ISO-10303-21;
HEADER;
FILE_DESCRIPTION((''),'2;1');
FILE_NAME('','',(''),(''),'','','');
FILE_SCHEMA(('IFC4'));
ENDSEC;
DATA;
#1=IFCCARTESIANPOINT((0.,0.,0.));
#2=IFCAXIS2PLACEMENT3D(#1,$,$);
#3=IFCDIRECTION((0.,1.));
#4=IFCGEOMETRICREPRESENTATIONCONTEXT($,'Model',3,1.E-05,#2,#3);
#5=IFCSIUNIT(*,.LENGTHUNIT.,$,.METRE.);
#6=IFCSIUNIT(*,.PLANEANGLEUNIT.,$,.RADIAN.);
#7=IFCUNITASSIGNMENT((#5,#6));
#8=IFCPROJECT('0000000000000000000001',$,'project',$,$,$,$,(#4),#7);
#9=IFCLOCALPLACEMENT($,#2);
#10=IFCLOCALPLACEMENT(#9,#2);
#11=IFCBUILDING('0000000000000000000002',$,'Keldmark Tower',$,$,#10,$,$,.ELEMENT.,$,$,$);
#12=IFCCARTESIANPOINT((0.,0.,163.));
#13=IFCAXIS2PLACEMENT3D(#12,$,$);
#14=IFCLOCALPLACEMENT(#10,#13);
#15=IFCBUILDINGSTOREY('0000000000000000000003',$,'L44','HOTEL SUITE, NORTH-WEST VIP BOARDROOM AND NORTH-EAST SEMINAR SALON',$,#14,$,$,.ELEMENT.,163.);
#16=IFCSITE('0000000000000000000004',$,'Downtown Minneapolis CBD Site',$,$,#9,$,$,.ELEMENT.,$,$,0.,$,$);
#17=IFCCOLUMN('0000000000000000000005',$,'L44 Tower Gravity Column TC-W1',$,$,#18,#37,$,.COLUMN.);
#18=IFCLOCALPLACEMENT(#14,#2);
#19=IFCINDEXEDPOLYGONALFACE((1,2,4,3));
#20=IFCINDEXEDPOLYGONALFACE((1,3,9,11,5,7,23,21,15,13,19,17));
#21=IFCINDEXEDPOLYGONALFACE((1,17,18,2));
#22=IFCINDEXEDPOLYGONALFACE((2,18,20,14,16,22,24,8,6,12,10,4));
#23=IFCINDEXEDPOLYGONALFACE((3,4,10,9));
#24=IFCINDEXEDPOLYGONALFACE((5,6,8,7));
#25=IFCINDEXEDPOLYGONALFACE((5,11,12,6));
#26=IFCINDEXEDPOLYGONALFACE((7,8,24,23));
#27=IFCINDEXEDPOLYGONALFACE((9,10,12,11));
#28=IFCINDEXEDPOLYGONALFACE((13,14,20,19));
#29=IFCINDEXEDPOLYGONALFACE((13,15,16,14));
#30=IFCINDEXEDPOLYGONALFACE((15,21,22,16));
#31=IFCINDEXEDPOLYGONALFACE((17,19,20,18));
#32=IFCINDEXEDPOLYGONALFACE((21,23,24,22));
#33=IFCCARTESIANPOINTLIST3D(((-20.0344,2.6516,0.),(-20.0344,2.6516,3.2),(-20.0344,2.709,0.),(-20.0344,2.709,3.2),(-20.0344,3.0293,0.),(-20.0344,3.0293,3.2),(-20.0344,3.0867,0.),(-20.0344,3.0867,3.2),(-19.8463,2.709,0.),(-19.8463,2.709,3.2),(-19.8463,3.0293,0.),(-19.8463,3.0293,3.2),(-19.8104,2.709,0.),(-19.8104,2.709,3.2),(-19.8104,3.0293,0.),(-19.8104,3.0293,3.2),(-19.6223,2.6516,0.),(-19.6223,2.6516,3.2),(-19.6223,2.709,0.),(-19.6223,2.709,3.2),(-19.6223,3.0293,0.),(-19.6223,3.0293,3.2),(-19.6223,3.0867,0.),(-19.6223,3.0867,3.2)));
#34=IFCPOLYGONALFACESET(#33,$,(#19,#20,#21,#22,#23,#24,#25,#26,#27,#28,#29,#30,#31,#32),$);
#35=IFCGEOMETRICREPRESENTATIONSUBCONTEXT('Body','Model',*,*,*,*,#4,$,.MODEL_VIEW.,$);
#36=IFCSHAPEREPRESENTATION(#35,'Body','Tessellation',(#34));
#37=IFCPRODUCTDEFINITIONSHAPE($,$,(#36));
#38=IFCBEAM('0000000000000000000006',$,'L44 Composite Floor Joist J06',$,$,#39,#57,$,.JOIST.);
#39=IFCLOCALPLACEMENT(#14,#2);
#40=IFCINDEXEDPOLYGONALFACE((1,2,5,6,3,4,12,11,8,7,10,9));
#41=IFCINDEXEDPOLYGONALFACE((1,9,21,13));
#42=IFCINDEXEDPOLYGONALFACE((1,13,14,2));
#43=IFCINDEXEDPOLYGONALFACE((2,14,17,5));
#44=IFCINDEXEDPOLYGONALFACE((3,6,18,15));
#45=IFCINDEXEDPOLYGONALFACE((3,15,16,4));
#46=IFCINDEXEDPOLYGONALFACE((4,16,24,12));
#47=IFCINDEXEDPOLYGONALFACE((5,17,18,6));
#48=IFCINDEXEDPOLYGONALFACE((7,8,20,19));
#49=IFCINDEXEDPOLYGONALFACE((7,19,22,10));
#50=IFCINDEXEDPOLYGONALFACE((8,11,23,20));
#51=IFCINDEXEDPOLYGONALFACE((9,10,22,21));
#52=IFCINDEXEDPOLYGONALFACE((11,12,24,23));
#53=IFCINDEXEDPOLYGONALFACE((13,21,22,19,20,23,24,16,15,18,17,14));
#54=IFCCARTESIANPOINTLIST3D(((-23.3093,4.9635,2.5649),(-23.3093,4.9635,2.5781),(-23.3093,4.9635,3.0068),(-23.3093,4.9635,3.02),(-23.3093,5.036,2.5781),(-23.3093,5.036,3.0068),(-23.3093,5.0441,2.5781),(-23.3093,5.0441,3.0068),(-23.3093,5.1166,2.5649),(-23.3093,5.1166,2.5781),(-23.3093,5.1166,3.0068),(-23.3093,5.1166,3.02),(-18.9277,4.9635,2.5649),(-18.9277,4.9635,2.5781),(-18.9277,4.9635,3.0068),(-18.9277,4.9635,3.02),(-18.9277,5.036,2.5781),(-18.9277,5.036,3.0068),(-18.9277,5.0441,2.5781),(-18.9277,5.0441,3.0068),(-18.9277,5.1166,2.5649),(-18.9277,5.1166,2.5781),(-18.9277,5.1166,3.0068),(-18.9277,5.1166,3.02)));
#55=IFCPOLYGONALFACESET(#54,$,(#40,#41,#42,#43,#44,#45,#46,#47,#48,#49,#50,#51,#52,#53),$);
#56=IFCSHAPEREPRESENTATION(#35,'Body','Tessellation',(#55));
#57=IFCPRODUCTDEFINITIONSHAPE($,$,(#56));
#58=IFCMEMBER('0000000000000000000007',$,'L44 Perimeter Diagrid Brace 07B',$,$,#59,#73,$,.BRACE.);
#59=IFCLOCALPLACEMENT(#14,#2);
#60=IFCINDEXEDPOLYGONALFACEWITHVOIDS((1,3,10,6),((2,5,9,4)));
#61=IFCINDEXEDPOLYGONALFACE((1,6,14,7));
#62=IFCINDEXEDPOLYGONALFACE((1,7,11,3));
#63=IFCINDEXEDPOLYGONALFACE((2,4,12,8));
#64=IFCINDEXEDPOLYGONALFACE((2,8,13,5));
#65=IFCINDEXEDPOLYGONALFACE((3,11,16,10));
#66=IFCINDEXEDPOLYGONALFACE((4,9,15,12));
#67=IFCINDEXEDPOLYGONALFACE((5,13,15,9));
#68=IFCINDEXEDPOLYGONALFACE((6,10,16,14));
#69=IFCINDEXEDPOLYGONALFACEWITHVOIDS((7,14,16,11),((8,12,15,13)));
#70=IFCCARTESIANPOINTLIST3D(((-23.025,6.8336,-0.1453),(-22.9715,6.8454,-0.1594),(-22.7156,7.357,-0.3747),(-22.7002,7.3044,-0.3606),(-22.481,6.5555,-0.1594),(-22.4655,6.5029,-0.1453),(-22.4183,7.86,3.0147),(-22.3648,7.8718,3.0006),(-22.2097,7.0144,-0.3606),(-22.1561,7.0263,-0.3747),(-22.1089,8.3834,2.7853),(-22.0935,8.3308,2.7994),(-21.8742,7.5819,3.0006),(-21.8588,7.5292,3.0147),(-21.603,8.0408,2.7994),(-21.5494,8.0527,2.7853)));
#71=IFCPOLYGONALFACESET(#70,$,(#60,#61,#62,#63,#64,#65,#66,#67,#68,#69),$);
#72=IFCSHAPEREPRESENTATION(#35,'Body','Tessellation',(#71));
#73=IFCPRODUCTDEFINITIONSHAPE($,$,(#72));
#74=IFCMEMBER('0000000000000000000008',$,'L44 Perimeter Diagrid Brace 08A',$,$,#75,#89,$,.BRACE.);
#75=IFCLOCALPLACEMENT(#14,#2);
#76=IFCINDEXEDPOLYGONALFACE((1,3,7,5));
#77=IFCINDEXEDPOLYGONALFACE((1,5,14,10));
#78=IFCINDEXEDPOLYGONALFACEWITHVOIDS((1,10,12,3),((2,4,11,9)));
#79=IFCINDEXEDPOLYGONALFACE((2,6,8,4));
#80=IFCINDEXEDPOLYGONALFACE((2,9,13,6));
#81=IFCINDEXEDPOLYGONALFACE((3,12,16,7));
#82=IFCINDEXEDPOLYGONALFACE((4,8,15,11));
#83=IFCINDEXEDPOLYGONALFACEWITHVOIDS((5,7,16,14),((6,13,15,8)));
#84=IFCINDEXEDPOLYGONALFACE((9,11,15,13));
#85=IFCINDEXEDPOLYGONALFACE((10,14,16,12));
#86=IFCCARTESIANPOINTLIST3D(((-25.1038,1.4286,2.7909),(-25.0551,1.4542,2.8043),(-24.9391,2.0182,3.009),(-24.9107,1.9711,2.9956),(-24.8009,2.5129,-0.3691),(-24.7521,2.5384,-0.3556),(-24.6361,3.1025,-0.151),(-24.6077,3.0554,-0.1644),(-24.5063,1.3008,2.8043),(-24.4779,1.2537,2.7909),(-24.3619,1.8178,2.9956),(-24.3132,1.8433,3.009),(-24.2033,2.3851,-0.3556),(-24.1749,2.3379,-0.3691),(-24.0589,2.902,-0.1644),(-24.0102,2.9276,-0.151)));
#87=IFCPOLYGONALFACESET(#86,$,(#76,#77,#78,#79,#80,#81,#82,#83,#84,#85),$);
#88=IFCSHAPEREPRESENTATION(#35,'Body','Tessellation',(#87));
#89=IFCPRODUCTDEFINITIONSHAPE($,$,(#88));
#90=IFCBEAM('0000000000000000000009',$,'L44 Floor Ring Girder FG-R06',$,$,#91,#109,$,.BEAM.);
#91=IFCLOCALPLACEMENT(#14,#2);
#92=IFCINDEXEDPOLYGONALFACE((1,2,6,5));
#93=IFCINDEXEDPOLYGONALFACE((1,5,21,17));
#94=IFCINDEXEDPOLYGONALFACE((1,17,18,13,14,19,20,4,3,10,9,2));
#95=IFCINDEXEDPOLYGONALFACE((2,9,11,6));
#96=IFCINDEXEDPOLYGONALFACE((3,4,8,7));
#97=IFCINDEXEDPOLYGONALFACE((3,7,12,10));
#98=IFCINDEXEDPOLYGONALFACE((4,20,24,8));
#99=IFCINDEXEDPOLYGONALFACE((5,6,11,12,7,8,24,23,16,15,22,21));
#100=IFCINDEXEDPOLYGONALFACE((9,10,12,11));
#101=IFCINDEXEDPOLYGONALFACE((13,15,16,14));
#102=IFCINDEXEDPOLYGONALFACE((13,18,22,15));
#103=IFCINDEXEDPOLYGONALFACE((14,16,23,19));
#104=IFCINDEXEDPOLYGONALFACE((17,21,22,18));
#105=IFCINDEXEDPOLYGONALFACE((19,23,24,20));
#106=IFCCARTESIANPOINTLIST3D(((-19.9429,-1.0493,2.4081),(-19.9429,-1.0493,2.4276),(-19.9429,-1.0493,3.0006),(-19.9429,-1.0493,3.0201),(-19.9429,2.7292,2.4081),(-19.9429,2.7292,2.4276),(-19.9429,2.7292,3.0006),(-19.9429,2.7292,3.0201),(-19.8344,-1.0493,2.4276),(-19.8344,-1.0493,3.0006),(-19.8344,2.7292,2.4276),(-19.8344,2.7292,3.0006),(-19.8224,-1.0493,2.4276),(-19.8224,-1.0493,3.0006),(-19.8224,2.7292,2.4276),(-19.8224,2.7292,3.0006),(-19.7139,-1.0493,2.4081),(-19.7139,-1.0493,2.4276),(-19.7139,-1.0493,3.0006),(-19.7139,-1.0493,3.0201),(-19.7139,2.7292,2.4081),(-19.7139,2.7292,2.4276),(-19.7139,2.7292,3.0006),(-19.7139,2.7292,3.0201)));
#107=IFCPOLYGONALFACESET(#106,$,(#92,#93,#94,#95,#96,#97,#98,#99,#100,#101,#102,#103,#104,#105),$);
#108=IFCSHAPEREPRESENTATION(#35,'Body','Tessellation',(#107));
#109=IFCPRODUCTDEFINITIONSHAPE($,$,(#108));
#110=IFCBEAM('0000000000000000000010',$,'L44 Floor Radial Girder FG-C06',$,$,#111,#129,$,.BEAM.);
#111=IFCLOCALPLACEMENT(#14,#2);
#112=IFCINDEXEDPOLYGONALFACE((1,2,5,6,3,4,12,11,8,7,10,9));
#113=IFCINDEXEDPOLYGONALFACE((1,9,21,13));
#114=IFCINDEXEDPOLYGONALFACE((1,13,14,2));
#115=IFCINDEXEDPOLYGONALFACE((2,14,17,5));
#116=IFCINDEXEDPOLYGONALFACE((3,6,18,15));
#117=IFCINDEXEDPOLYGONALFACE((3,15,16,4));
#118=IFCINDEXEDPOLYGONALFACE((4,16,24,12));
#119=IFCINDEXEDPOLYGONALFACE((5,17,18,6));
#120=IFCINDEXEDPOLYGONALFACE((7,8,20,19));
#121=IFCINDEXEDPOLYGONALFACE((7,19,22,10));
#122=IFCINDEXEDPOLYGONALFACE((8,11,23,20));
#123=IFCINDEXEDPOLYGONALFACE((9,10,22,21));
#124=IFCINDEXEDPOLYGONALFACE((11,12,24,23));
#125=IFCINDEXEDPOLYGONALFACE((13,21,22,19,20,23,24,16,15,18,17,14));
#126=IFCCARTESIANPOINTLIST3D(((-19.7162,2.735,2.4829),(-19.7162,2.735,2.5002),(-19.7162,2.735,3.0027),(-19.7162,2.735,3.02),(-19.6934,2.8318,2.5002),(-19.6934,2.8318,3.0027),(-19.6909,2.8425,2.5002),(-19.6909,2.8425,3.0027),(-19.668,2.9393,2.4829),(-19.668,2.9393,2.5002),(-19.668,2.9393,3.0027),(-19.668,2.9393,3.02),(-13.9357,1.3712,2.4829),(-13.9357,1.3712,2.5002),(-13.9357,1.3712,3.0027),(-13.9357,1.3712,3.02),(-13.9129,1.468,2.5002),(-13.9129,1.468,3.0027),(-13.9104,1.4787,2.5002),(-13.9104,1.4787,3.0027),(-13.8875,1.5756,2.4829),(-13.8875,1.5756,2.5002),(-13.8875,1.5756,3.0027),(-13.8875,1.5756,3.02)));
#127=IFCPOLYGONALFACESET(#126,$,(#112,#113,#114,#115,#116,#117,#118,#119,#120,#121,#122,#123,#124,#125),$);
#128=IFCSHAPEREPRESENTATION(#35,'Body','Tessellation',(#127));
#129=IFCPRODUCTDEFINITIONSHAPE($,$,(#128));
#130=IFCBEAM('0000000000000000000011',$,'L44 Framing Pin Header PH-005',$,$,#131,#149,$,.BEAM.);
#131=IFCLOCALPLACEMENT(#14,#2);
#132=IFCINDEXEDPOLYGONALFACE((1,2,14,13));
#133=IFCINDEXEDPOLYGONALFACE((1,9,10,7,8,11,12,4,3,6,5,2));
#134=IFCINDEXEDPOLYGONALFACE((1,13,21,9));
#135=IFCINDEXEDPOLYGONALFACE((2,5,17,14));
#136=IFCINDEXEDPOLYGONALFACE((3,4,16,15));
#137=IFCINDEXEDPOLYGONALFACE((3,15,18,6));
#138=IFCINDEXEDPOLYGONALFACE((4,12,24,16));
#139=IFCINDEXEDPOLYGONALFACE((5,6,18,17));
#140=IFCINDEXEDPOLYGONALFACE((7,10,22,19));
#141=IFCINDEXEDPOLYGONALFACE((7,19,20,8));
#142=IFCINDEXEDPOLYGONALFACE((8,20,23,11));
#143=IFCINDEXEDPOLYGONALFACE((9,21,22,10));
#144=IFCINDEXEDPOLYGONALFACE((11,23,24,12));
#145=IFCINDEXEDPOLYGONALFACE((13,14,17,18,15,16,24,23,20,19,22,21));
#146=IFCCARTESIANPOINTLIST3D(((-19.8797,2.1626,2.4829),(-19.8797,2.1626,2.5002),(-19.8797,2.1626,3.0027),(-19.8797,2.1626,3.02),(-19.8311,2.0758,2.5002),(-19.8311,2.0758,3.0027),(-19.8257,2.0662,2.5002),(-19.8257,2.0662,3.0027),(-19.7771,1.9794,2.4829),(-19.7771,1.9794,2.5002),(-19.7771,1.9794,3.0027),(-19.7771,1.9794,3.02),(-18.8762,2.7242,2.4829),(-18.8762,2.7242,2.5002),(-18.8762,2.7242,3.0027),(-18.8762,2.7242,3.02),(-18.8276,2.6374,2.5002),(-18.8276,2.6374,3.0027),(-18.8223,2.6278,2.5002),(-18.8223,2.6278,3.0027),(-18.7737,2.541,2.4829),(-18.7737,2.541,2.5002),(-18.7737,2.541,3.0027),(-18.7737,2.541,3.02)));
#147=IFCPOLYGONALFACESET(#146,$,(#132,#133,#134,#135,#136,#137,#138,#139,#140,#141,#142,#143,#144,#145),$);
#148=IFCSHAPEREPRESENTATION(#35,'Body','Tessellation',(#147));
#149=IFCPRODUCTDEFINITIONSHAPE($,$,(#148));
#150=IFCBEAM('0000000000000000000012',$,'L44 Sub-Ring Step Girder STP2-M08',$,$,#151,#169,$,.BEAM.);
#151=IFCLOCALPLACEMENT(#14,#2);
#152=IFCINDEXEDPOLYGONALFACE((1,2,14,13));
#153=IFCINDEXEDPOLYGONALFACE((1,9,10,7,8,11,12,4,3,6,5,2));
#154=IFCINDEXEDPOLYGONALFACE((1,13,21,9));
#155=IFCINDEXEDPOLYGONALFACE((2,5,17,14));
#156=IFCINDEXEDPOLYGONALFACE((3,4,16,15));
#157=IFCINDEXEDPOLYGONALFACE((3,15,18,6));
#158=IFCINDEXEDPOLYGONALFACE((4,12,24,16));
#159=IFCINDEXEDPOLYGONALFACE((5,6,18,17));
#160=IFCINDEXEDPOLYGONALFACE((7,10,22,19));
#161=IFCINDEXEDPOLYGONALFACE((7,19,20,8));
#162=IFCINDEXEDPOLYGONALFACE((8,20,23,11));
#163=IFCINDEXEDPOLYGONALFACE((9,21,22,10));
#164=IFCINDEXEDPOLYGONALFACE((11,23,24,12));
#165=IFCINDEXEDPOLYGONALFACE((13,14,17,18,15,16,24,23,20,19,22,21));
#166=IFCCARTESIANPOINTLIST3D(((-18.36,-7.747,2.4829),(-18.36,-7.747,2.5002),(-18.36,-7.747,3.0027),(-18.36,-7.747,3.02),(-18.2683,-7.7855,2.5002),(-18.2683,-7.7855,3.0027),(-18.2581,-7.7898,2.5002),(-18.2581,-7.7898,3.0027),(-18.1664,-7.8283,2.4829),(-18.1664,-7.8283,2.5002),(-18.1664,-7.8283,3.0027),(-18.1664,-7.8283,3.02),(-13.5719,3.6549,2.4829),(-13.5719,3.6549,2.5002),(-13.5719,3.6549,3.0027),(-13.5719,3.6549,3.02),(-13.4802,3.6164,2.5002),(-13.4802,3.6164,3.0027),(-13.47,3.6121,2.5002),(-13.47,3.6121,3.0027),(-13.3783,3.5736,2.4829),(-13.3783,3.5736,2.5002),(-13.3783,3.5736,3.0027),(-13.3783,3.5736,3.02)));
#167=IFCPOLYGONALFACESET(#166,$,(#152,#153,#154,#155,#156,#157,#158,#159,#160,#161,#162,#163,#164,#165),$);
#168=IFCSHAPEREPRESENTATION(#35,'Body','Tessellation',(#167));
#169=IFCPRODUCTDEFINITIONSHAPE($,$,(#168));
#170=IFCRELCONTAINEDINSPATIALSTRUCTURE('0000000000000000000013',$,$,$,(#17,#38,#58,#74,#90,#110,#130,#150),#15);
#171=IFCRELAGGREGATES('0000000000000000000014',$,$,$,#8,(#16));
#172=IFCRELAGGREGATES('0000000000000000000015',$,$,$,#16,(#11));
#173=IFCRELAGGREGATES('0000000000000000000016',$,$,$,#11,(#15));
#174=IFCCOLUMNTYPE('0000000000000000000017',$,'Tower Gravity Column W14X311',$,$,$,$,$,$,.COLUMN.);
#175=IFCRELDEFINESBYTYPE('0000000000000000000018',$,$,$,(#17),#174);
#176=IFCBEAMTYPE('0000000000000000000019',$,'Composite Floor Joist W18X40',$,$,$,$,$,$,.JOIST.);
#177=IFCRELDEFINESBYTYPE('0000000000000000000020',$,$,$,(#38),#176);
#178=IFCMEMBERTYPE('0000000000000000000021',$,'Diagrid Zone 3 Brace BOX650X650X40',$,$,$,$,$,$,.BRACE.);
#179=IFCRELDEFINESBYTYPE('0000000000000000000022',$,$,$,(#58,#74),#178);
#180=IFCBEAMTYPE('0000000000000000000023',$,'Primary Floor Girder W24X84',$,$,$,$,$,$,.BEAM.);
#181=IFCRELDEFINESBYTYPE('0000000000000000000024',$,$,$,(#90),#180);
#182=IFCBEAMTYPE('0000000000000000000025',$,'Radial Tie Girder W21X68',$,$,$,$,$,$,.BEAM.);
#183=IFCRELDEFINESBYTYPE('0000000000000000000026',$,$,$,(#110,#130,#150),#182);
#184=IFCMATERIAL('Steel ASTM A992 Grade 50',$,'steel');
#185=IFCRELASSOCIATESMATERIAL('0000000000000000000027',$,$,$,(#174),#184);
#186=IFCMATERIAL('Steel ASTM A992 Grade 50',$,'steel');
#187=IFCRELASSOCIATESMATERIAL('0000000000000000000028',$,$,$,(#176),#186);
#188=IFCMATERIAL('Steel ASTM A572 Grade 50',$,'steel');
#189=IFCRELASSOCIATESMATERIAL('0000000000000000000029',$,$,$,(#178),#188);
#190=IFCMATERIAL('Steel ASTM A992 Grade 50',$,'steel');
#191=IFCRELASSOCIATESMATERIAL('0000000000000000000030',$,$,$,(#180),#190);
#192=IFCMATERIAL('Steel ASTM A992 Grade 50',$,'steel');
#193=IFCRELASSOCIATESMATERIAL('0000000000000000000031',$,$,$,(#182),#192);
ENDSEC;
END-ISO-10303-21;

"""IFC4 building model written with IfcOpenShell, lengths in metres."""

from ifc_helpers import new_model, si_unit, direction, frame, origin, origin_2d, place, context, subcontext, project, spatial, hollow_rectangle, i_section, extrude, material, material_profile, profile_set, type_object, element, save


model = new_model("IFC4")

# Units and contexts
model_context = context("Model", 3, precision=1e-05, world=origin(), true_north=direction((0.0, 1.0)))
body_context = subcontext(model_context, "Body", "Model", "MODEL_VIEW")
ifc_project = project(units=[si_unit("LENGTHUNIT", "METRE"), si_unit("PLANEANGLEUNIT", "RADIAN")], contexts=[model_context])

# Site, building, storey
site_placement = place(None, origin())
site = spatial("IfcSite", under=ifc_project, at=site_placement, Name="Downtown Minneapolis CBD Site", CompositionType="ELEMENT", RefElevation=0.0)
building_placement = place(site_placement, origin())
building = spatial("IfcBuilding", under=site, at=building_placement, Name="Keldmark Tower", CompositionType="ELEMENT")
storey_placement = place(building_placement, frame((0.0, 0.0, 163.0)))
storey = spatial("IfcBuildingStorey", under=building, at=storey_placement, Name="L44", Description="HOTEL SUITE, NORTH-WEST VIP BOARDROOM AND NORTH-EAST SEMINAR SALON", CompositionType="ELEMENT", Elevation=163.0)

# Column
ifc_material_1 = material(Name="Steel ASTM A992 Grade 50", Category="steel")
ifc_material_profile_1 = material_profile(ifc_material_1, i_section(OverallWidth=0.4121, OverallDepth=0.4351, WebThickness=0.0359, FlangeThickness=0.0574, at=origin_2d()), Name="W14X311")
ifc_profile_set_1 = profile_set([ifc_material_profile_1], Name="Steel ASTM A992 Grade 50")
column_type = type_object("IfcColumnType", Name="Tower Gravity Column W14X311", PredefinedType="COLUMN", material=ifc_profile_set_1)
column_placement = place(storey_placement, frame((-19.8284, 2.8691, 0.0), z_axis=(0.0, 0.0, 1.0), x_axis=(1.0, 0.0, 0.0)))
element("IfcColumn", 1, at=column_placement, inside=storey, type_object=column_type, Name="L44 Tower Gravity Column TC-W1", PredefinedType="COLUMN", context=body_context, shape_type="SweptSolid", body=[
    extrude(i_section(OverallWidth=0.4121, OverallDepth=0.4351, WebThickness=0.0359, FlangeThickness=0.0574, at=origin_2d()), origin(), (0.0, 0.0, 1.0), 3.2),
])

# Beam
ifc_material_2 = material(Name="Steel ASTM A992 Grade 50", Category="steel")
ifc_material_profile_2 = material_profile(ifc_material_2, i_section(OverallWidth=0.1531, OverallDepth=0.4551, WebThickness=0.0081, FlangeThickness=0.0132, at=origin_2d()), Name="W18X40")
ifc_profile_set_2 = profile_set([ifc_material_profile_2], Name="Steel ASTM A992 Grade 50")
beam_type_1 = type_object("IfcBeamType", Name="Composite Floor Joist W18X40", PredefinedType="JOIST", material=ifc_profile_set_2)
beam_1_placement = place(storey_placement, frame((-23.3093, 5.04, 2.7925), z_axis=(1.0, 0.0, 0.0), x_axis=(0.0, 1.0, 0.0)))
element("IfcBeam", 2, at=beam_1_placement, inside=storey, type_object=beam_type_1, Name="L44 Composite Floor Joist J06", PredefinedType="JOIST", context=body_context, shape_type="SweptSolid", body=[
    extrude(i_section(OverallWidth=0.1531, OverallDepth=0.4551, WebThickness=0.0081, FlangeThickness=0.0132, at=origin_2d()), origin(), (0.0, 0.0, 1.0), 4.3816),
])

# Members
ifc_material_3 = material(Name="Steel ASTM A572 Grade 50", Category="steel")
ifc_material_profile_3 = material_profile(ifc_material_3, hollow_rectangle(XDim=0.6499, YDim=0.6499, WallThickness=0.04, at=origin_2d()), Name="BOX650X650X40")
ifc_profile_set_3 = profile_set([ifc_material_profile_3], Name="Steel ASTM A572 Grade 50")
member_type = type_object("IfcMemberType", Name="Diagrid Zone 3 Brace BOX650X650X40", PredefinedType="BRACE", material=ifc_profile_set_3)
member_1_placement = place(storey_placement, frame((-22.5906, 6.9299, -0.26), z_axis=(0.179634, 0.303896, 0.935617), x_axis=(-0.860853, 0.508853, 0.0)))
element("IfcMember", 3, at=member_1_placement, inside=storey, type_object=member_type, Name="L44 Perimeter Diagrid Brace 07B", PredefinedType="BRACE", context=body_context, shape_type="SweptSolid", body=[
    extrude(hollow_rectangle(XDim=0.6499, YDim=0.6499, WallThickness=0.04, at=origin_2d()), origin(), (0.0, 0.0, 1.0), 3.3774),
])
member_2_placement = place(storey_placement, frame((-24.4055, 2.7202, -0.26), z_axis=(-0.090321, -0.32322, 0.942004), x_axis=(0.963104, -0.269131, 0.0)))
element("IfcMember", 4, at=member_2_placement, inside=storey, type_object=member_type, Name="L44 Perimeter Diagrid Brace 08A", PredefinedType="BRACE", context=body_context, shape_type="SweptSolid", body=[
    extrude(hollow_rectangle(XDim=0.6499, YDim=0.6499, WallThickness=0.04, at=origin_2d()), origin(), (0.0, 0.0, 1.0), 3.3545),
])

# Beams
ifc_material_4 = material(Name="Steel ASTM A992 Grade 50", Category="steel")
ifc_material_profile_4 = material_profile(ifc_material_4, i_section(OverallWidth=0.229, OverallDepth=0.6121, WebThickness=0.012, FlangeThickness=0.0195, at=origin_2d()), Name="W24X84")
ifc_profile_set_4 = profile_set([ifc_material_profile_4], Name="Steel ASTM A992 Grade 50")
beam_type_2 = type_object("IfcBeamType", Name="Primary Floor Girder W24X84", PredefinedType="BEAM", material=ifc_profile_set_4)
beam_2_placement = place(storey_placement, frame((-19.8284, 2.7292, 2.7141), z_axis=(0.0, -1.0, 0.0), x_axis=(1.0, 0.0, 0.0)))
element("IfcBeam", 5, at=beam_2_placement, inside=storey, type_object=beam_type_2, Name="L44 Floor Ring Girder FG-R06", PredefinedType="BEAM", context=body_context, shape_type="SweptSolid", body=[
    extrude(i_section(OverallWidth=0.229, OverallDepth=0.6121, WebThickness=0.012, FlangeThickness=0.0195, at=origin_2d()), origin(), (0.0, 0.0, 1.0), 3.7786),
])
ifc_material_5 = material(Name="Steel ASTM A992 Grade 50", Category="steel")
ifc_material_profile_5 = material_profile(ifc_material_5, i_section(OverallWidth=0.21, OverallDepth=0.5371, WebThickness=0.011, FlangeThickness=0.0173, at=origin_2d()), Name="W21X68")
ifc_profile_set_5 = profile_set([ifc_material_profile_5], Name="Steel ASTM A992 Grade 50")
beam_type_3 = type_object("IfcBeamType", Name="Radial Tie Girder W21X68", PredefinedType="BEAM", material=ifc_profile_set_5)
beam_3_placement = place(storey_placement, frame((-19.6921, 2.8372, 2.7515), z_axis=(0.97328, -0.229621, 0.0), x_axis=(0.229621, 0.97328, 0.0)))
element("IfcBeam", 6, at=beam_3_placement, inside=storey, type_object=beam_type_3, Name="L44 Floor Radial Girder FG-C06", PredefinedType="BEAM", context=body_context, shape_type="SweptSolid", body=[
    extrude(i_section(OverallWidth=0.21, OverallDepth=0.5371, WebThickness=0.011, FlangeThickness=0.0173, at=origin_2d()), origin(), (0.0, 0.0, 1.0), 5.9392),
])
beam_4_placement = place(storey_placement, frame((-18.825, 2.6326, 2.7515), z_axis=(-0.872651, -0.488345, 0.0), x_axis=(0.488345, -0.872651, 0.0)))
element("IfcBeam", 7, at=beam_4_placement, inside=storey, type_object=beam_type_3, Name="L44 Framing Pin Header PH-005", PredefinedType="BEAM", context=body_context, shape_type="SweptSolid", body=[
    extrude(i_section(OverallWidth=0.21, OverallDepth=0.5371, WebThickness=0.011, FlangeThickness=0.0173, at=origin_2d()), origin(), (0.0, 0.0, 1.0), 1.1499),
])
beam_5_placement = place(storey_placement, frame((-13.4751, 3.6143, 2.7515), z_axis=(-0.387185, -0.922002, 0.0), x_axis=(0.922002, -0.387185, 0.0)))
element("IfcBeam", 8, at=beam_5_placement, inside=storey, type_object=beam_type_3, Name="L44 Sub-Ring Step Girder STP2-M08", PredefinedType="BEAM", context=body_context, shape_type="SweptSolid", body=[
    extrude(i_section(OverallWidth=0.21, OverallDepth=0.5371, WebThickness=0.011, FlangeThickness=0.0173, at=origin_2d()), origin(), (0.0, 0.0, 1.0), 12.3665),
])

save(model, "model.ifc")
